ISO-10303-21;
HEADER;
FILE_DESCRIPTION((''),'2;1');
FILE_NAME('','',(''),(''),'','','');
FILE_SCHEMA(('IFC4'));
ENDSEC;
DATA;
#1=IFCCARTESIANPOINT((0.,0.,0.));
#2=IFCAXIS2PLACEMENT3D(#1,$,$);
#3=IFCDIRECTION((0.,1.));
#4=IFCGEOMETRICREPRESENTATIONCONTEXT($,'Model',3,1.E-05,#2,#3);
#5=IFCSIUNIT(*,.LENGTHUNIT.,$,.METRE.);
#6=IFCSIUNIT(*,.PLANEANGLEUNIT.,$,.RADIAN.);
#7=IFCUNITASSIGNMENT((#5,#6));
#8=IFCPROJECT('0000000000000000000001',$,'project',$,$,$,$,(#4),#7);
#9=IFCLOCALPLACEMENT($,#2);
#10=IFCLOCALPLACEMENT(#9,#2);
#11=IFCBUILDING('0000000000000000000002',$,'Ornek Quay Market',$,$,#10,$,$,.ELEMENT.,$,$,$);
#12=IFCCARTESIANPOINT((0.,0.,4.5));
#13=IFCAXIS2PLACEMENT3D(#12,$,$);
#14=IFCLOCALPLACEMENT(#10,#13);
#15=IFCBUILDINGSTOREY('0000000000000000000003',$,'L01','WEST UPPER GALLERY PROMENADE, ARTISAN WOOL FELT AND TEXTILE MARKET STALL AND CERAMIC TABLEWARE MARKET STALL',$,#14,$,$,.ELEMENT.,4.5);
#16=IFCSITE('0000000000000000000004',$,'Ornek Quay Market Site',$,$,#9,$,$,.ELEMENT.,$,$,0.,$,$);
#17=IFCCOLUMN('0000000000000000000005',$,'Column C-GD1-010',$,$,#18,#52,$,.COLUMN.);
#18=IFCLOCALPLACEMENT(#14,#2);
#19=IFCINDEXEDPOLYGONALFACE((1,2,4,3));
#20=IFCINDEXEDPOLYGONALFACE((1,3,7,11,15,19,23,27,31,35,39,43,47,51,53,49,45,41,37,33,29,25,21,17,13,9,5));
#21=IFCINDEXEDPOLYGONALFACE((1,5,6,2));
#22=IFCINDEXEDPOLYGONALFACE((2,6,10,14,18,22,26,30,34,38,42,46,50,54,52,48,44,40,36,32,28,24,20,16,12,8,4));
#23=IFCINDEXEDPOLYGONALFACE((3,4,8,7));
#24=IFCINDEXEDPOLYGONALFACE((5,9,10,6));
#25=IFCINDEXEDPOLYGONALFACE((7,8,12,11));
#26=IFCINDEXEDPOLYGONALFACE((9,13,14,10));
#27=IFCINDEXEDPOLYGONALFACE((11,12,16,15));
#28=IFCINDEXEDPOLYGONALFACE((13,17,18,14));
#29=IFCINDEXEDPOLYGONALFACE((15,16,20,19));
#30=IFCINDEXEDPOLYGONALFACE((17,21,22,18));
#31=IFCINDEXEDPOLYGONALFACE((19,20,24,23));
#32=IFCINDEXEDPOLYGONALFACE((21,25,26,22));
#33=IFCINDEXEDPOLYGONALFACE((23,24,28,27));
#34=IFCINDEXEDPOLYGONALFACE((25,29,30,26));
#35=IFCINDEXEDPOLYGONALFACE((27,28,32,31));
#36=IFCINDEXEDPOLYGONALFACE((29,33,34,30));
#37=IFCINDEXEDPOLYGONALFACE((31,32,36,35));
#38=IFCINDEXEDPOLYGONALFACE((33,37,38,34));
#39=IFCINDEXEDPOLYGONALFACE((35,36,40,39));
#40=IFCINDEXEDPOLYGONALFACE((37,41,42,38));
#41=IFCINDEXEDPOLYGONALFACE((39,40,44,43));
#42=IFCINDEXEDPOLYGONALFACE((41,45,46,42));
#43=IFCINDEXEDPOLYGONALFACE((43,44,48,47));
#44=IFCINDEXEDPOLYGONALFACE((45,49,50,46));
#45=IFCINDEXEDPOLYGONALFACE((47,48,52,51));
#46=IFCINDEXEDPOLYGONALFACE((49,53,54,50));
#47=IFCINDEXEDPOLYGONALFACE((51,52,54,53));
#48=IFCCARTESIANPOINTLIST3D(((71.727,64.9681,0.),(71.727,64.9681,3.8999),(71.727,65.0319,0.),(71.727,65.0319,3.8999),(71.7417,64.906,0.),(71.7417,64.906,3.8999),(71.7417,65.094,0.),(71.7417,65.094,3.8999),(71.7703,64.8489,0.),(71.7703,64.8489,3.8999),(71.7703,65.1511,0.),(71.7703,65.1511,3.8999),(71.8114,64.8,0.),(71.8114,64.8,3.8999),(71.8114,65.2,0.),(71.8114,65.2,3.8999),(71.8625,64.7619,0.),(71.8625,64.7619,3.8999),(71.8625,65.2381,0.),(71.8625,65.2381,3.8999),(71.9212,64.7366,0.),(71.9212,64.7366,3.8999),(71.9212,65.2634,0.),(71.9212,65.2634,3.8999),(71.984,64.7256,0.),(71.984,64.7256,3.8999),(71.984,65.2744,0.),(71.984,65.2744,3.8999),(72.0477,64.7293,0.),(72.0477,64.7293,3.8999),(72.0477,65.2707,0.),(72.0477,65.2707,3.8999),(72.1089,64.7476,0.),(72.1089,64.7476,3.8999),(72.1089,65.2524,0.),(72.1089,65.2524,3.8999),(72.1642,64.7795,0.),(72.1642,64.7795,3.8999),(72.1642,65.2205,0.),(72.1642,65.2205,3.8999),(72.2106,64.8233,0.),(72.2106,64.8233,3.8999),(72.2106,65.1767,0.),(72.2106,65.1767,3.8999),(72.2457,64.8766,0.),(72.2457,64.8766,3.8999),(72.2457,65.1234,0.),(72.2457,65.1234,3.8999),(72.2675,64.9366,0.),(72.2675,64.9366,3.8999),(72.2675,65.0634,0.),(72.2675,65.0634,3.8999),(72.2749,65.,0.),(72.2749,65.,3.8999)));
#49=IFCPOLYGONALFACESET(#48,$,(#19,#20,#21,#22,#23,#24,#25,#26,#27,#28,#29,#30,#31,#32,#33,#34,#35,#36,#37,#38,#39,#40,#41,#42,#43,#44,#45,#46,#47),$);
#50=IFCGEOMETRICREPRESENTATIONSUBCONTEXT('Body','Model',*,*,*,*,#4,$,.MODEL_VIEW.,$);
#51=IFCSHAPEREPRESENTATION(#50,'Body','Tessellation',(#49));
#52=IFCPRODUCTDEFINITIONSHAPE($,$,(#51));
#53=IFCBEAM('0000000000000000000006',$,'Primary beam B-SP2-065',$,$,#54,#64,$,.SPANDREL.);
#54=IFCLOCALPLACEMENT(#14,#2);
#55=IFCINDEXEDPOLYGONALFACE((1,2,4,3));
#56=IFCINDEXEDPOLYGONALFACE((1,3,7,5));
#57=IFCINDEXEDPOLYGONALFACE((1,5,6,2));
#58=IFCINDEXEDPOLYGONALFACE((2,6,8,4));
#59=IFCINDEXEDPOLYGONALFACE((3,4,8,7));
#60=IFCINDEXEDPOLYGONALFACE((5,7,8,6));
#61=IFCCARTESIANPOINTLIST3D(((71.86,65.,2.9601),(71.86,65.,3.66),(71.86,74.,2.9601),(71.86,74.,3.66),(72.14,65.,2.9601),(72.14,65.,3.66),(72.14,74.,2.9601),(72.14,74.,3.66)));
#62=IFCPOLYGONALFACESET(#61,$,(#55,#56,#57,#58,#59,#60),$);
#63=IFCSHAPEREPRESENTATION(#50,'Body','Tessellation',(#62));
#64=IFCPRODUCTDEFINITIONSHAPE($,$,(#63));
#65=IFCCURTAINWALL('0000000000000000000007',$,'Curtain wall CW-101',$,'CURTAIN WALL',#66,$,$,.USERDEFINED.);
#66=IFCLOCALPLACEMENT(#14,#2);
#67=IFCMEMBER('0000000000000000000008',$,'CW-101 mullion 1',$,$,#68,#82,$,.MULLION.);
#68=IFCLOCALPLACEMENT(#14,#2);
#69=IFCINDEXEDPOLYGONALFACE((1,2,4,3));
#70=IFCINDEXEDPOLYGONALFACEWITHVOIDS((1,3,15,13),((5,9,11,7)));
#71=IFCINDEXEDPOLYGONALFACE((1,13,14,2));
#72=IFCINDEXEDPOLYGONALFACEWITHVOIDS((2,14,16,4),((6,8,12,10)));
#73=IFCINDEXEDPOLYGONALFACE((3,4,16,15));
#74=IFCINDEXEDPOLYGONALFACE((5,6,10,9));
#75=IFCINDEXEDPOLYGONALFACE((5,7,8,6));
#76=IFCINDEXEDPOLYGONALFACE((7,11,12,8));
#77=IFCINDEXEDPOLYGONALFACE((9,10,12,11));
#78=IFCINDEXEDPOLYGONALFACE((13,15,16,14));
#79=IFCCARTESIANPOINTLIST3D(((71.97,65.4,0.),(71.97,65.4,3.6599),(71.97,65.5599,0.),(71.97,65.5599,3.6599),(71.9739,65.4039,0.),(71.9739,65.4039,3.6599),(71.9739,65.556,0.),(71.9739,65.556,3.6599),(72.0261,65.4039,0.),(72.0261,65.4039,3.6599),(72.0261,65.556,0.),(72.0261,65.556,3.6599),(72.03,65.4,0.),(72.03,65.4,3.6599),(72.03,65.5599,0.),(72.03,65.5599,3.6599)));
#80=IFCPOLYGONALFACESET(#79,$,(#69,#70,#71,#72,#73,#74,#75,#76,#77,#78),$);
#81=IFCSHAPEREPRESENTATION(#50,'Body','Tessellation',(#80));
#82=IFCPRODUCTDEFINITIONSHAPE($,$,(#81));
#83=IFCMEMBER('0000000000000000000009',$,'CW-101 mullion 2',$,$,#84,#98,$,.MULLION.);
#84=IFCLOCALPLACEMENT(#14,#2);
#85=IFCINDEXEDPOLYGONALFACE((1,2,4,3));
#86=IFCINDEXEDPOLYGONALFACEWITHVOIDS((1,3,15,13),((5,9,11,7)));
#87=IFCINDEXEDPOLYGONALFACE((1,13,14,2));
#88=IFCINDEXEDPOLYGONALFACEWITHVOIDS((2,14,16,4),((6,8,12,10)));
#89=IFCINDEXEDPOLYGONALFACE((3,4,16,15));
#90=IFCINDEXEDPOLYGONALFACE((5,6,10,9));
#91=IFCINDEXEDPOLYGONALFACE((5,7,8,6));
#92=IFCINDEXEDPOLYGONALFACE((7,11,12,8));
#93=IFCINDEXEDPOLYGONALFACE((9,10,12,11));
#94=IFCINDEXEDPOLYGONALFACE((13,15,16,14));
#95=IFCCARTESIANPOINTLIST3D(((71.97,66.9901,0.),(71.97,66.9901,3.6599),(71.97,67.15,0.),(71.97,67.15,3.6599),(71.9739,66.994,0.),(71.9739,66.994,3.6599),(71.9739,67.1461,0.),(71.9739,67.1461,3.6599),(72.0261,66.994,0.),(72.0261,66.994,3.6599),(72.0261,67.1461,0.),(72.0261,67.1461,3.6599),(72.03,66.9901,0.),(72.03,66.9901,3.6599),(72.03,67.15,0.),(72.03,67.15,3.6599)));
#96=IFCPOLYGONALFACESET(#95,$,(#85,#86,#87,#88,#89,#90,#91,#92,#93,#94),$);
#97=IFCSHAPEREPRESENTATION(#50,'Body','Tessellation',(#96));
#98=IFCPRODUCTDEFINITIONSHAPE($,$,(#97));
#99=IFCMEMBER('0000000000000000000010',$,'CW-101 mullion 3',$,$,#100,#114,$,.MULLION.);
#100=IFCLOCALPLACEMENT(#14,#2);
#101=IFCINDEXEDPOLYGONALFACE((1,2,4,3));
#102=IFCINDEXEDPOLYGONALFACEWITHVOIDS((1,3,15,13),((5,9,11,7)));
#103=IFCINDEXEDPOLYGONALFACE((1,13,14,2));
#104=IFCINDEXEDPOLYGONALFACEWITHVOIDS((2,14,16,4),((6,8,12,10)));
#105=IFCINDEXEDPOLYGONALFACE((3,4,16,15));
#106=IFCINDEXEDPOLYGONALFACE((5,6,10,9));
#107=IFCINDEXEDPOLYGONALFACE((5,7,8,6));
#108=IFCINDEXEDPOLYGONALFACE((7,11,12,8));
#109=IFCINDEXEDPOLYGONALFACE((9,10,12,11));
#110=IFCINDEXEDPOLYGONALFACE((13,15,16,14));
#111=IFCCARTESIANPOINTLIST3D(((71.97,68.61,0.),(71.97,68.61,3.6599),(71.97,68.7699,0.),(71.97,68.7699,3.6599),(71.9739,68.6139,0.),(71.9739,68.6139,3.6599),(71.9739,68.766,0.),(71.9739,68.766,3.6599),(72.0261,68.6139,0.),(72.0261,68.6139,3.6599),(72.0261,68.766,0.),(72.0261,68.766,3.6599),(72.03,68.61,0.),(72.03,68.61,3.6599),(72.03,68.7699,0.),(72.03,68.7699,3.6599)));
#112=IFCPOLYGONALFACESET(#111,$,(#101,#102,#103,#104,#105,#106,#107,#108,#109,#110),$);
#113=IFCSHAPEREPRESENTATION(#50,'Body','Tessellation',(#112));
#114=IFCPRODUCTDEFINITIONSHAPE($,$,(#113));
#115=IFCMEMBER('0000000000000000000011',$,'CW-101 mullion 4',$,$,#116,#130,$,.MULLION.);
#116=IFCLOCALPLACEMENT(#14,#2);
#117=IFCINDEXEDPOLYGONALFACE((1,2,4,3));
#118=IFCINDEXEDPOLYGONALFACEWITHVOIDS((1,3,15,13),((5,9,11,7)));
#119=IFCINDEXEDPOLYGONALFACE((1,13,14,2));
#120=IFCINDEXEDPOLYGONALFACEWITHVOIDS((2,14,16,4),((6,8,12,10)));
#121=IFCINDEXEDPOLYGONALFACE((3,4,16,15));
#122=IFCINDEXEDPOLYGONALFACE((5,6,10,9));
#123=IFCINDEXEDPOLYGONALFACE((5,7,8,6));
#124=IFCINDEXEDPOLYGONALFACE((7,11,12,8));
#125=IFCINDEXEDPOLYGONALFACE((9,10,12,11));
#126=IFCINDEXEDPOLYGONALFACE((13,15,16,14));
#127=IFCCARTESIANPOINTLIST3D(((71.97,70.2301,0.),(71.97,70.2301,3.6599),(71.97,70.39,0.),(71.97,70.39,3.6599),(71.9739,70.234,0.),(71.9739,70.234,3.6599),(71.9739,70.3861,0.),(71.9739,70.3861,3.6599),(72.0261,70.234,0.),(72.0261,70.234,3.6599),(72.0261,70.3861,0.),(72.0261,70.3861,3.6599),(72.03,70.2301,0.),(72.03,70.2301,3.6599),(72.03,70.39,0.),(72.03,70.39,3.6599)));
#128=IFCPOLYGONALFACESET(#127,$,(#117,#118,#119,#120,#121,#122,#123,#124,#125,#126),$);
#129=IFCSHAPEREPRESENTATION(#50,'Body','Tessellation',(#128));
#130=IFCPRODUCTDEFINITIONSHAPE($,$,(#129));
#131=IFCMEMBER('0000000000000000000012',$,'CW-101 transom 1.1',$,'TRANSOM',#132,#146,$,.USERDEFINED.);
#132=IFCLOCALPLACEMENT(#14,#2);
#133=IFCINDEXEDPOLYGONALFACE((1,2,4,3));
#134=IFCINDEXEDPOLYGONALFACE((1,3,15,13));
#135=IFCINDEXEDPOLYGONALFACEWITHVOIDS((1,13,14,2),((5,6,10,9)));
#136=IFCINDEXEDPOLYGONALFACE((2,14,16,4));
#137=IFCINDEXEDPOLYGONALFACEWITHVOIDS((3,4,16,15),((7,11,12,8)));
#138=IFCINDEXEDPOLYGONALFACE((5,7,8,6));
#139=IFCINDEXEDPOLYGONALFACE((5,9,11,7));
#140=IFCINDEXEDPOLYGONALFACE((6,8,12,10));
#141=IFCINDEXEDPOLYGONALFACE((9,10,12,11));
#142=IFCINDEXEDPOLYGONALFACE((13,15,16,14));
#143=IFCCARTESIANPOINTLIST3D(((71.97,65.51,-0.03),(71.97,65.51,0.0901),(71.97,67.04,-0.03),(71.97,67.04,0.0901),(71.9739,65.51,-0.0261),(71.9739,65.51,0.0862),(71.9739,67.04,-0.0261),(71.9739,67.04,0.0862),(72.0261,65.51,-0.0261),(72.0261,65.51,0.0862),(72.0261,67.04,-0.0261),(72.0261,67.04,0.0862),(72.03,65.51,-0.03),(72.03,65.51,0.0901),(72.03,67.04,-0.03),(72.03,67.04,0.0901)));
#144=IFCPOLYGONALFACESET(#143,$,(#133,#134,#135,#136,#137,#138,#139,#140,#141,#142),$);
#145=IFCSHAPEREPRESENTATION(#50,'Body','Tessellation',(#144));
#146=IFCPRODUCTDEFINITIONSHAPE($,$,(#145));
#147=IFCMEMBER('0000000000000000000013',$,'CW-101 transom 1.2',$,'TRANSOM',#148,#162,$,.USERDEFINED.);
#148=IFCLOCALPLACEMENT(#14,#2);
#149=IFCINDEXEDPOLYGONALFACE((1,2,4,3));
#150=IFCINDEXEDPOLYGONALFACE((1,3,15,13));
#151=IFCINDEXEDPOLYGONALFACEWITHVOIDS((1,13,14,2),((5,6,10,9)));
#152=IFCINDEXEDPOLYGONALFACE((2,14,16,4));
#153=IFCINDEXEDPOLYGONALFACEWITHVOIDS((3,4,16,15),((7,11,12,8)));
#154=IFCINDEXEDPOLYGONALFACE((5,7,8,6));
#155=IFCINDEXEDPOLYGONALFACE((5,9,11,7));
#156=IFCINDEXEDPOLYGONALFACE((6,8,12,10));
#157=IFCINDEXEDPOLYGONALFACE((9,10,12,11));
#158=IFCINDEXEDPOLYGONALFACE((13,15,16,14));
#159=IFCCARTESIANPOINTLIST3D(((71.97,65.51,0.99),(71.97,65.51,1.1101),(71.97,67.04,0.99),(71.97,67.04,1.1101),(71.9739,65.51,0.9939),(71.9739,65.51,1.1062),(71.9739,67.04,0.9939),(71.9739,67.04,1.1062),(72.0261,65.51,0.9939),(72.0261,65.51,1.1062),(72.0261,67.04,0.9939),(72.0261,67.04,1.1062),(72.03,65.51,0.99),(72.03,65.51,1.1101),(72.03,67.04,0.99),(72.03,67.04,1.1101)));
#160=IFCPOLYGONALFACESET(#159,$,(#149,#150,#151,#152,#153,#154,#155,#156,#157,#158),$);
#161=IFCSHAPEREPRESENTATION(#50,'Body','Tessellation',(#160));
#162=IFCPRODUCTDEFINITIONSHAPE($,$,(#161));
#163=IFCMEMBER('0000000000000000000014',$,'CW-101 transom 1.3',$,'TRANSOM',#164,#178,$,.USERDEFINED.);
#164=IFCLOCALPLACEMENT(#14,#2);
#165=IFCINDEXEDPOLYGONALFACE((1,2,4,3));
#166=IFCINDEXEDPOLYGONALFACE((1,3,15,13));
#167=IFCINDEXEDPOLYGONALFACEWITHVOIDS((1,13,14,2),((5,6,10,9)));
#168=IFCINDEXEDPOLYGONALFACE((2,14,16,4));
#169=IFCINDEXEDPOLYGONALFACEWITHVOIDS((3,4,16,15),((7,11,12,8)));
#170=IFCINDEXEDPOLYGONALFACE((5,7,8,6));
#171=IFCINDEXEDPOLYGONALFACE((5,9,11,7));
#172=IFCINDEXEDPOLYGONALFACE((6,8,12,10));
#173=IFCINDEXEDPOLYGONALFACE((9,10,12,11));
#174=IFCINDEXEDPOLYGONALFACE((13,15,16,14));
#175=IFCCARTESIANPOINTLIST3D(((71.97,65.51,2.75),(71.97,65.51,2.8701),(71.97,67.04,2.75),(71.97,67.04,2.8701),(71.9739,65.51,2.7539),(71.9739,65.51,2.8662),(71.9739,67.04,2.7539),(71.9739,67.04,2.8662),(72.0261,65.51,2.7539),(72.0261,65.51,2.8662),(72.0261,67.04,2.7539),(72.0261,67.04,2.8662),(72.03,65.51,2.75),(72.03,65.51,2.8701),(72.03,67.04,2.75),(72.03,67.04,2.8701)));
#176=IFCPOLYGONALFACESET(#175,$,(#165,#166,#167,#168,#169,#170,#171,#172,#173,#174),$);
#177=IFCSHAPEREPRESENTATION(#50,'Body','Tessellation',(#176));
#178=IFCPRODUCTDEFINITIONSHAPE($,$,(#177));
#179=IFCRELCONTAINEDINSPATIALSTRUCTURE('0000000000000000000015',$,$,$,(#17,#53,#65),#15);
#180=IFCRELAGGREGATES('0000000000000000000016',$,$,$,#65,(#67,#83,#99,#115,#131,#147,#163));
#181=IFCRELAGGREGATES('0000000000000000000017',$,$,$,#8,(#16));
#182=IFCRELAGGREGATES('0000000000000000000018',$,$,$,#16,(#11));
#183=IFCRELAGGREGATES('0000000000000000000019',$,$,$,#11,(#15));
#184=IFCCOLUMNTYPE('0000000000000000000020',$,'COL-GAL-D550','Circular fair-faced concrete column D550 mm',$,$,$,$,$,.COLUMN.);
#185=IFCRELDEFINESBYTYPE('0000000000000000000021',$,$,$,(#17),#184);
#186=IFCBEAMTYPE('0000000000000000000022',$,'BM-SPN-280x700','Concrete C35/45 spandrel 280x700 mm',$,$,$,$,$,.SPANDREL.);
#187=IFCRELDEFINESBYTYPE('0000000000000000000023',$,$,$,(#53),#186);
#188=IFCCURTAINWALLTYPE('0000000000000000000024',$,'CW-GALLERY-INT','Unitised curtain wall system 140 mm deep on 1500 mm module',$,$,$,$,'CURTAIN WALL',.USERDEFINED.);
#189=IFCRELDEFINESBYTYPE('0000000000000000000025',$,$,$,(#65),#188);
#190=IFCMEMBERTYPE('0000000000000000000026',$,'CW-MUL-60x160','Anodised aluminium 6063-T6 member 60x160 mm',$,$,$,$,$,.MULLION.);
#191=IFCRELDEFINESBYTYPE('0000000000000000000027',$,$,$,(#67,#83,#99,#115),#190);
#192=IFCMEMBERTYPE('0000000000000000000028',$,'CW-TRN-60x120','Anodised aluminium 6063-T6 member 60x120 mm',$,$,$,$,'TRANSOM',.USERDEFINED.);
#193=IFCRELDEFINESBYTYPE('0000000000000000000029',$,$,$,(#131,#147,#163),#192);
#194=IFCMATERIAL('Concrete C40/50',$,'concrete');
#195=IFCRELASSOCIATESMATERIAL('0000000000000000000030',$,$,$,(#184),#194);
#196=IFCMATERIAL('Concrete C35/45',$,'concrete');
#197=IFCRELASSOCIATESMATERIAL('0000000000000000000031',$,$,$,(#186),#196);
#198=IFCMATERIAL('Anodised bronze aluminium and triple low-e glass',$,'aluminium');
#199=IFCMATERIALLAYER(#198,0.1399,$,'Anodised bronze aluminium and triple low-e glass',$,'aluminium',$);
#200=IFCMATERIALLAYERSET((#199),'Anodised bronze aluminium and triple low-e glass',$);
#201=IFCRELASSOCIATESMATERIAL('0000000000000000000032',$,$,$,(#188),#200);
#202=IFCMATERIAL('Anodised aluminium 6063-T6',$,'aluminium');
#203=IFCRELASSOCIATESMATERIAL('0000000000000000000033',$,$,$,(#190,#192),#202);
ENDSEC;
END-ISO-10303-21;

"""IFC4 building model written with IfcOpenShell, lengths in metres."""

from ifc_helpers import new_model, si_unit, direction, frame, origin, origin_2d, place, context, subcontext, project, spatial, rectangle, hollow_rectangle, circle, extrude, material, layer, layer_set, material_profile, profile_set, type_object, element, aggregate, save


model = new_model("IFC4")

# Units and contexts
model_context = context("Model", 3, precision=1e-05, world=origin(), true_north=direction((0.0, 1.0)))
body_context = subcontext(model_context, "Body", "Model", "MODEL_VIEW")
ifc_project = project(units=[si_unit("LENGTHUNIT", "METRE"), si_unit("PLANEANGLEUNIT", "RADIAN")], contexts=[model_context])

# Site, building, storey
site_placement = place(None, origin())
site = spatial("IfcSite", under=ifc_project, at=site_placement, Name="Ornek Quay Market Site", CompositionType="ELEMENT", RefElevation=0.0)
building_placement = place(site_placement, origin())
building = spatial("IfcBuilding", under=site, at=building_placement, Name="Ornek Quay Market", CompositionType="ELEMENT")
storey_placement = place(building_placement, frame((0.0, 0.0, 4.5)))
storey = spatial("IfcBuildingStorey", under=building, at=storey_placement, Name="L01", Description="WEST UPPER GALLERY PROMENADE, ARTISAN WOOL FELT AND TEXTILE MARKET STALL AND CERAMIC TABLEWARE MARKET STALL", CompositionType="ELEMENT", Elevation=4.5)

# Column
ifc_material_1 = material(Name="Concrete C40/50", Category="concrete")
ifc_material_profile_1 = material_profile(ifc_material_1, circle(Radius=0.2749, at=origin_2d()), Name="RC D550", Category="concrete")
ifc_profile_set_1 = profile_set([ifc_material_profile_1], Name="Concrete C40/50")
column_type = type_object("IfcColumnType", Name="COL-GAL-D550", Description="Circular fair-faced concrete column D550 mm", PredefinedType="COLUMN", material=ifc_profile_set_1)
column_placement = place(storey_placement, frame((72.0, 65.0, 0.0), z_axis=(0.0, 0.0, 1.0), x_axis=(1.0, 0.0, 0.0)))
element("IfcColumn", 1, at=column_placement, inside=storey, type_object=column_type, Name="Column C-GD1-010", PredefinedType="COLUMN", context=body_context, shape_type="SweptSolid", body=[
    extrude(circle(Radius=0.2749, at=origin_2d()), origin(), (0.0, 0.0, 1.0), 3.8999),
])

# Beam
ifc_material_2 = material(Name="Concrete C35/45", Category="concrete")
ifc_material_profile_2 = material_profile(ifc_material_2, rectangle(XDim=0.28, YDim=0.7, at=origin_2d()), Name="RC 280x700", Category="concrete")
ifc_profile_set_2 = profile_set([ifc_material_profile_2], Name="Concrete C35/45")
beam_type = type_object("IfcBeamType", Name="BM-SPN-280x700", Description="Concrete C35/45 spandrel 280x700 mm", PredefinedType="SPANDREL", material=ifc_profile_set_2)
beam_placement = place(storey_placement, frame((72.0, 65.0, 3.3101), z_axis=(0.0, 1.0, 0.0), x_axis=(-1.0, 0.0, 0.0)))
element("IfcBeam", 2, at=beam_placement, inside=storey, type_object=beam_type, Name="Primary beam B-SP2-065", PredefinedType="SPANDREL", context=body_context, shape_type="SweptSolid", body=[
    extrude(rectangle(XDim=0.28, YDim=0.7, at=origin_2d()), origin(), (0.0, 0.0, 1.0), 9.0),
])

# Curtain wall, members
ifc_material_3 = material(Name="Anodised bronze aluminium and triple low-e glass", Category="aluminium")
ifc_layer_1 = layer(ifc_material_3, 0.1399, Name="Anodised bronze aluminium and triple low-e glass", Category="aluminium")
ifc_layer_set_1 = layer_set([ifc_layer_1], Name="Anodised bronze aluminium and triple low-e glass")
curtain_wall_type = type_object("IfcCurtainWallType", Name="CW-GALLERY-INT", Description="Unitised curtain wall system 140 mm deep on 1500 mm module", ElementType="CURTAIN WALL", PredefinedType="USERDEFINED", material=ifc_layer_set_1)
curtain_wall_placement = place(storey_placement, origin())
curtain_wall = element("IfcCurtainWall", 3, at=curtain_wall_placement, inside=storey, type_object=curtain_wall_type, Name="Curtain wall CW-101", ObjectType="CURTAIN WALL", PredefinedType="USERDEFINED")
ifc_material_4 = material(Name="Anodised aluminium 6063-T6", Category="aluminium")
ifc_material_profile_3 = material_profile(ifc_material_4, hollow_rectangle(XDim=0.0601, YDim=0.1599, WallThickness=0.0039, at=origin_2d()), Name="CW-MUL-60x160", Category="aluminium")
ifc_profile_set_3 = profile_set([ifc_material_profile_3], Name="Anodised aluminium 6063-T6")
member_type_1 = type_object("IfcMemberType", Name="CW-MUL-60x160", Description="Anodised aluminium 6063-T6 member 60x160 mm", PredefinedType="MULLION", material=ifc_profile_set_3)
member_1_placement = place(storey_placement, frame((72.0, 65.48, 0.0), z_axis=(0.0, 0.0, 1.0), x_axis=(-1.0, 0.0, 0.0)))
member_1 = element("IfcMember", 4, at=member_1_placement, type_object=member_type_1, Name="CW-101 mullion 1", PredefinedType="MULLION", context=body_context, shape_type="SweptSolid", body=[
    extrude(hollow_rectangle(XDim=0.0601, YDim=0.1599, WallThickness=0.0039, at=origin_2d()), origin(), (0.0, 0.0, 1.0), 3.6599),
])
member_2_placement = place(storey_placement, frame((72.0, 67.0701, 0.0), z_axis=(0.0, 0.0, 1.0), x_axis=(-1.0, 0.0, 0.0)))
member_2 = element("IfcMember", 5, at=member_2_placement, type_object=member_type_1, Name="CW-101 mullion 2", PredefinedType="MULLION", context=body_context, shape_type="SweptSolid", body=[
    extrude(hollow_rectangle(XDim=0.0601, YDim=0.1599, WallThickness=0.0039, at=origin_2d()), origin(), (0.0, 0.0, 1.0), 3.6599),
])
member_3_placement = place(storey_placement, frame((72.0, 68.6899, 0.0), z_axis=(0.0, 0.0, 1.0), x_axis=(-1.0, 0.0, 0.0)))
member_3 = element("IfcMember", 6, at=member_3_placement, type_object=member_type_1, Name="CW-101 mullion 3", PredefinedType="MULLION", context=body_context, shape_type="SweptSolid", body=[
    extrude(hollow_rectangle(XDim=0.0601, YDim=0.1599, WallThickness=0.0039, at=origin_2d()), origin(), (0.0, 0.0, 1.0), 3.6599),
])
member_4_placement = place(storey_placement, frame((72.0, 70.3101, 0.0), z_axis=(0.0, 0.0, 1.0), x_axis=(-1.0, 0.0, 0.0)))
member_4 = element("IfcMember", 7, at=member_4_placement, type_object=member_type_1, Name="CW-101 mullion 4", PredefinedType="MULLION", context=body_context, shape_type="SweptSolid", body=[
    extrude(hollow_rectangle(XDim=0.0601, YDim=0.1599, WallThickness=0.0039, at=origin_2d()), origin(), (0.0, 0.0, 1.0), 3.6599),
])
ifc_material_profile_4 = material_profile(ifc_material_4, hollow_rectangle(XDim=0.0601, YDim=0.1201, WallThickness=0.0039, at=origin_2d()), Name="CW-TRN-60x120", Category="aluminium")
ifc_profile_set_4 = profile_set([ifc_material_profile_4], Name="Anodised aluminium 6063-T6")
member_type_2 = type_object("IfcMemberType", Name="CW-TRN-60x120", Description="Anodised aluminium 6063-T6 member 60x120 mm", ElementType="TRANSOM", PredefinedType="USERDEFINED", material=ifc_profile_set_4)
member_5_placement = place(storey_placement, frame((72.0, 65.51, 0.03), z_axis=(0.0, 1.0, 0.0), x_axis=(-1.0, 0.0, 0.0)))
member_5 = element("IfcMember", 8, at=member_5_placement, type_object=member_type_2, Name="CW-101 transom 1.1", ObjectType="TRANSOM", PredefinedType="USERDEFINED", context=body_context, shape_type="SweptSolid", body=[
    extrude(hollow_rectangle(XDim=0.0601, YDim=0.1201, WallThickness=0.0039, at=origin_2d()), origin(), (0.0, 0.0, 1.0), 1.53),
])
member_6_placement = place(storey_placement, frame((72.0, 65.51, 1.05), z_axis=(0.0, 1.0, 0.0), x_axis=(-1.0, 0.0, 0.0)))
member_6 = element("IfcMember", 9, at=member_6_placement, type_object=member_type_2, Name="CW-101 transom 1.2", ObjectType="TRANSOM", PredefinedType="USERDEFINED", context=body_context, shape_type="SweptSolid", body=[
    extrude(hollow_rectangle(XDim=0.0601, YDim=0.1201, WallThickness=0.0039, at=origin_2d()), origin(), (0.0, 0.0, 1.0), 1.53),
])
member_7_placement = place(storey_placement, frame((72.0, 65.51, 2.8101), z_axis=(0.0, 1.0, 0.0), x_axis=(-1.0, 0.0, 0.0)))
member_7 = element("IfcMember", 10, at=member_7_placement, type_object=member_type_2, Name="CW-101 transom 1.3", ObjectType="TRANSOM", PredefinedType="USERDEFINED", context=body_context, shape_type="SweptSolid", body=[
    extrude(hollow_rectangle(XDim=0.0601, YDim=0.1201, WallThickness=0.0039, at=origin_2d()), origin(), (0.0, 0.0, 1.0), 1.53),
])
aggregate(curtain_wall, [member_1, member_2, member_3, member_4, member_5, member_6, member_7])

save(model, "model.ifc")
